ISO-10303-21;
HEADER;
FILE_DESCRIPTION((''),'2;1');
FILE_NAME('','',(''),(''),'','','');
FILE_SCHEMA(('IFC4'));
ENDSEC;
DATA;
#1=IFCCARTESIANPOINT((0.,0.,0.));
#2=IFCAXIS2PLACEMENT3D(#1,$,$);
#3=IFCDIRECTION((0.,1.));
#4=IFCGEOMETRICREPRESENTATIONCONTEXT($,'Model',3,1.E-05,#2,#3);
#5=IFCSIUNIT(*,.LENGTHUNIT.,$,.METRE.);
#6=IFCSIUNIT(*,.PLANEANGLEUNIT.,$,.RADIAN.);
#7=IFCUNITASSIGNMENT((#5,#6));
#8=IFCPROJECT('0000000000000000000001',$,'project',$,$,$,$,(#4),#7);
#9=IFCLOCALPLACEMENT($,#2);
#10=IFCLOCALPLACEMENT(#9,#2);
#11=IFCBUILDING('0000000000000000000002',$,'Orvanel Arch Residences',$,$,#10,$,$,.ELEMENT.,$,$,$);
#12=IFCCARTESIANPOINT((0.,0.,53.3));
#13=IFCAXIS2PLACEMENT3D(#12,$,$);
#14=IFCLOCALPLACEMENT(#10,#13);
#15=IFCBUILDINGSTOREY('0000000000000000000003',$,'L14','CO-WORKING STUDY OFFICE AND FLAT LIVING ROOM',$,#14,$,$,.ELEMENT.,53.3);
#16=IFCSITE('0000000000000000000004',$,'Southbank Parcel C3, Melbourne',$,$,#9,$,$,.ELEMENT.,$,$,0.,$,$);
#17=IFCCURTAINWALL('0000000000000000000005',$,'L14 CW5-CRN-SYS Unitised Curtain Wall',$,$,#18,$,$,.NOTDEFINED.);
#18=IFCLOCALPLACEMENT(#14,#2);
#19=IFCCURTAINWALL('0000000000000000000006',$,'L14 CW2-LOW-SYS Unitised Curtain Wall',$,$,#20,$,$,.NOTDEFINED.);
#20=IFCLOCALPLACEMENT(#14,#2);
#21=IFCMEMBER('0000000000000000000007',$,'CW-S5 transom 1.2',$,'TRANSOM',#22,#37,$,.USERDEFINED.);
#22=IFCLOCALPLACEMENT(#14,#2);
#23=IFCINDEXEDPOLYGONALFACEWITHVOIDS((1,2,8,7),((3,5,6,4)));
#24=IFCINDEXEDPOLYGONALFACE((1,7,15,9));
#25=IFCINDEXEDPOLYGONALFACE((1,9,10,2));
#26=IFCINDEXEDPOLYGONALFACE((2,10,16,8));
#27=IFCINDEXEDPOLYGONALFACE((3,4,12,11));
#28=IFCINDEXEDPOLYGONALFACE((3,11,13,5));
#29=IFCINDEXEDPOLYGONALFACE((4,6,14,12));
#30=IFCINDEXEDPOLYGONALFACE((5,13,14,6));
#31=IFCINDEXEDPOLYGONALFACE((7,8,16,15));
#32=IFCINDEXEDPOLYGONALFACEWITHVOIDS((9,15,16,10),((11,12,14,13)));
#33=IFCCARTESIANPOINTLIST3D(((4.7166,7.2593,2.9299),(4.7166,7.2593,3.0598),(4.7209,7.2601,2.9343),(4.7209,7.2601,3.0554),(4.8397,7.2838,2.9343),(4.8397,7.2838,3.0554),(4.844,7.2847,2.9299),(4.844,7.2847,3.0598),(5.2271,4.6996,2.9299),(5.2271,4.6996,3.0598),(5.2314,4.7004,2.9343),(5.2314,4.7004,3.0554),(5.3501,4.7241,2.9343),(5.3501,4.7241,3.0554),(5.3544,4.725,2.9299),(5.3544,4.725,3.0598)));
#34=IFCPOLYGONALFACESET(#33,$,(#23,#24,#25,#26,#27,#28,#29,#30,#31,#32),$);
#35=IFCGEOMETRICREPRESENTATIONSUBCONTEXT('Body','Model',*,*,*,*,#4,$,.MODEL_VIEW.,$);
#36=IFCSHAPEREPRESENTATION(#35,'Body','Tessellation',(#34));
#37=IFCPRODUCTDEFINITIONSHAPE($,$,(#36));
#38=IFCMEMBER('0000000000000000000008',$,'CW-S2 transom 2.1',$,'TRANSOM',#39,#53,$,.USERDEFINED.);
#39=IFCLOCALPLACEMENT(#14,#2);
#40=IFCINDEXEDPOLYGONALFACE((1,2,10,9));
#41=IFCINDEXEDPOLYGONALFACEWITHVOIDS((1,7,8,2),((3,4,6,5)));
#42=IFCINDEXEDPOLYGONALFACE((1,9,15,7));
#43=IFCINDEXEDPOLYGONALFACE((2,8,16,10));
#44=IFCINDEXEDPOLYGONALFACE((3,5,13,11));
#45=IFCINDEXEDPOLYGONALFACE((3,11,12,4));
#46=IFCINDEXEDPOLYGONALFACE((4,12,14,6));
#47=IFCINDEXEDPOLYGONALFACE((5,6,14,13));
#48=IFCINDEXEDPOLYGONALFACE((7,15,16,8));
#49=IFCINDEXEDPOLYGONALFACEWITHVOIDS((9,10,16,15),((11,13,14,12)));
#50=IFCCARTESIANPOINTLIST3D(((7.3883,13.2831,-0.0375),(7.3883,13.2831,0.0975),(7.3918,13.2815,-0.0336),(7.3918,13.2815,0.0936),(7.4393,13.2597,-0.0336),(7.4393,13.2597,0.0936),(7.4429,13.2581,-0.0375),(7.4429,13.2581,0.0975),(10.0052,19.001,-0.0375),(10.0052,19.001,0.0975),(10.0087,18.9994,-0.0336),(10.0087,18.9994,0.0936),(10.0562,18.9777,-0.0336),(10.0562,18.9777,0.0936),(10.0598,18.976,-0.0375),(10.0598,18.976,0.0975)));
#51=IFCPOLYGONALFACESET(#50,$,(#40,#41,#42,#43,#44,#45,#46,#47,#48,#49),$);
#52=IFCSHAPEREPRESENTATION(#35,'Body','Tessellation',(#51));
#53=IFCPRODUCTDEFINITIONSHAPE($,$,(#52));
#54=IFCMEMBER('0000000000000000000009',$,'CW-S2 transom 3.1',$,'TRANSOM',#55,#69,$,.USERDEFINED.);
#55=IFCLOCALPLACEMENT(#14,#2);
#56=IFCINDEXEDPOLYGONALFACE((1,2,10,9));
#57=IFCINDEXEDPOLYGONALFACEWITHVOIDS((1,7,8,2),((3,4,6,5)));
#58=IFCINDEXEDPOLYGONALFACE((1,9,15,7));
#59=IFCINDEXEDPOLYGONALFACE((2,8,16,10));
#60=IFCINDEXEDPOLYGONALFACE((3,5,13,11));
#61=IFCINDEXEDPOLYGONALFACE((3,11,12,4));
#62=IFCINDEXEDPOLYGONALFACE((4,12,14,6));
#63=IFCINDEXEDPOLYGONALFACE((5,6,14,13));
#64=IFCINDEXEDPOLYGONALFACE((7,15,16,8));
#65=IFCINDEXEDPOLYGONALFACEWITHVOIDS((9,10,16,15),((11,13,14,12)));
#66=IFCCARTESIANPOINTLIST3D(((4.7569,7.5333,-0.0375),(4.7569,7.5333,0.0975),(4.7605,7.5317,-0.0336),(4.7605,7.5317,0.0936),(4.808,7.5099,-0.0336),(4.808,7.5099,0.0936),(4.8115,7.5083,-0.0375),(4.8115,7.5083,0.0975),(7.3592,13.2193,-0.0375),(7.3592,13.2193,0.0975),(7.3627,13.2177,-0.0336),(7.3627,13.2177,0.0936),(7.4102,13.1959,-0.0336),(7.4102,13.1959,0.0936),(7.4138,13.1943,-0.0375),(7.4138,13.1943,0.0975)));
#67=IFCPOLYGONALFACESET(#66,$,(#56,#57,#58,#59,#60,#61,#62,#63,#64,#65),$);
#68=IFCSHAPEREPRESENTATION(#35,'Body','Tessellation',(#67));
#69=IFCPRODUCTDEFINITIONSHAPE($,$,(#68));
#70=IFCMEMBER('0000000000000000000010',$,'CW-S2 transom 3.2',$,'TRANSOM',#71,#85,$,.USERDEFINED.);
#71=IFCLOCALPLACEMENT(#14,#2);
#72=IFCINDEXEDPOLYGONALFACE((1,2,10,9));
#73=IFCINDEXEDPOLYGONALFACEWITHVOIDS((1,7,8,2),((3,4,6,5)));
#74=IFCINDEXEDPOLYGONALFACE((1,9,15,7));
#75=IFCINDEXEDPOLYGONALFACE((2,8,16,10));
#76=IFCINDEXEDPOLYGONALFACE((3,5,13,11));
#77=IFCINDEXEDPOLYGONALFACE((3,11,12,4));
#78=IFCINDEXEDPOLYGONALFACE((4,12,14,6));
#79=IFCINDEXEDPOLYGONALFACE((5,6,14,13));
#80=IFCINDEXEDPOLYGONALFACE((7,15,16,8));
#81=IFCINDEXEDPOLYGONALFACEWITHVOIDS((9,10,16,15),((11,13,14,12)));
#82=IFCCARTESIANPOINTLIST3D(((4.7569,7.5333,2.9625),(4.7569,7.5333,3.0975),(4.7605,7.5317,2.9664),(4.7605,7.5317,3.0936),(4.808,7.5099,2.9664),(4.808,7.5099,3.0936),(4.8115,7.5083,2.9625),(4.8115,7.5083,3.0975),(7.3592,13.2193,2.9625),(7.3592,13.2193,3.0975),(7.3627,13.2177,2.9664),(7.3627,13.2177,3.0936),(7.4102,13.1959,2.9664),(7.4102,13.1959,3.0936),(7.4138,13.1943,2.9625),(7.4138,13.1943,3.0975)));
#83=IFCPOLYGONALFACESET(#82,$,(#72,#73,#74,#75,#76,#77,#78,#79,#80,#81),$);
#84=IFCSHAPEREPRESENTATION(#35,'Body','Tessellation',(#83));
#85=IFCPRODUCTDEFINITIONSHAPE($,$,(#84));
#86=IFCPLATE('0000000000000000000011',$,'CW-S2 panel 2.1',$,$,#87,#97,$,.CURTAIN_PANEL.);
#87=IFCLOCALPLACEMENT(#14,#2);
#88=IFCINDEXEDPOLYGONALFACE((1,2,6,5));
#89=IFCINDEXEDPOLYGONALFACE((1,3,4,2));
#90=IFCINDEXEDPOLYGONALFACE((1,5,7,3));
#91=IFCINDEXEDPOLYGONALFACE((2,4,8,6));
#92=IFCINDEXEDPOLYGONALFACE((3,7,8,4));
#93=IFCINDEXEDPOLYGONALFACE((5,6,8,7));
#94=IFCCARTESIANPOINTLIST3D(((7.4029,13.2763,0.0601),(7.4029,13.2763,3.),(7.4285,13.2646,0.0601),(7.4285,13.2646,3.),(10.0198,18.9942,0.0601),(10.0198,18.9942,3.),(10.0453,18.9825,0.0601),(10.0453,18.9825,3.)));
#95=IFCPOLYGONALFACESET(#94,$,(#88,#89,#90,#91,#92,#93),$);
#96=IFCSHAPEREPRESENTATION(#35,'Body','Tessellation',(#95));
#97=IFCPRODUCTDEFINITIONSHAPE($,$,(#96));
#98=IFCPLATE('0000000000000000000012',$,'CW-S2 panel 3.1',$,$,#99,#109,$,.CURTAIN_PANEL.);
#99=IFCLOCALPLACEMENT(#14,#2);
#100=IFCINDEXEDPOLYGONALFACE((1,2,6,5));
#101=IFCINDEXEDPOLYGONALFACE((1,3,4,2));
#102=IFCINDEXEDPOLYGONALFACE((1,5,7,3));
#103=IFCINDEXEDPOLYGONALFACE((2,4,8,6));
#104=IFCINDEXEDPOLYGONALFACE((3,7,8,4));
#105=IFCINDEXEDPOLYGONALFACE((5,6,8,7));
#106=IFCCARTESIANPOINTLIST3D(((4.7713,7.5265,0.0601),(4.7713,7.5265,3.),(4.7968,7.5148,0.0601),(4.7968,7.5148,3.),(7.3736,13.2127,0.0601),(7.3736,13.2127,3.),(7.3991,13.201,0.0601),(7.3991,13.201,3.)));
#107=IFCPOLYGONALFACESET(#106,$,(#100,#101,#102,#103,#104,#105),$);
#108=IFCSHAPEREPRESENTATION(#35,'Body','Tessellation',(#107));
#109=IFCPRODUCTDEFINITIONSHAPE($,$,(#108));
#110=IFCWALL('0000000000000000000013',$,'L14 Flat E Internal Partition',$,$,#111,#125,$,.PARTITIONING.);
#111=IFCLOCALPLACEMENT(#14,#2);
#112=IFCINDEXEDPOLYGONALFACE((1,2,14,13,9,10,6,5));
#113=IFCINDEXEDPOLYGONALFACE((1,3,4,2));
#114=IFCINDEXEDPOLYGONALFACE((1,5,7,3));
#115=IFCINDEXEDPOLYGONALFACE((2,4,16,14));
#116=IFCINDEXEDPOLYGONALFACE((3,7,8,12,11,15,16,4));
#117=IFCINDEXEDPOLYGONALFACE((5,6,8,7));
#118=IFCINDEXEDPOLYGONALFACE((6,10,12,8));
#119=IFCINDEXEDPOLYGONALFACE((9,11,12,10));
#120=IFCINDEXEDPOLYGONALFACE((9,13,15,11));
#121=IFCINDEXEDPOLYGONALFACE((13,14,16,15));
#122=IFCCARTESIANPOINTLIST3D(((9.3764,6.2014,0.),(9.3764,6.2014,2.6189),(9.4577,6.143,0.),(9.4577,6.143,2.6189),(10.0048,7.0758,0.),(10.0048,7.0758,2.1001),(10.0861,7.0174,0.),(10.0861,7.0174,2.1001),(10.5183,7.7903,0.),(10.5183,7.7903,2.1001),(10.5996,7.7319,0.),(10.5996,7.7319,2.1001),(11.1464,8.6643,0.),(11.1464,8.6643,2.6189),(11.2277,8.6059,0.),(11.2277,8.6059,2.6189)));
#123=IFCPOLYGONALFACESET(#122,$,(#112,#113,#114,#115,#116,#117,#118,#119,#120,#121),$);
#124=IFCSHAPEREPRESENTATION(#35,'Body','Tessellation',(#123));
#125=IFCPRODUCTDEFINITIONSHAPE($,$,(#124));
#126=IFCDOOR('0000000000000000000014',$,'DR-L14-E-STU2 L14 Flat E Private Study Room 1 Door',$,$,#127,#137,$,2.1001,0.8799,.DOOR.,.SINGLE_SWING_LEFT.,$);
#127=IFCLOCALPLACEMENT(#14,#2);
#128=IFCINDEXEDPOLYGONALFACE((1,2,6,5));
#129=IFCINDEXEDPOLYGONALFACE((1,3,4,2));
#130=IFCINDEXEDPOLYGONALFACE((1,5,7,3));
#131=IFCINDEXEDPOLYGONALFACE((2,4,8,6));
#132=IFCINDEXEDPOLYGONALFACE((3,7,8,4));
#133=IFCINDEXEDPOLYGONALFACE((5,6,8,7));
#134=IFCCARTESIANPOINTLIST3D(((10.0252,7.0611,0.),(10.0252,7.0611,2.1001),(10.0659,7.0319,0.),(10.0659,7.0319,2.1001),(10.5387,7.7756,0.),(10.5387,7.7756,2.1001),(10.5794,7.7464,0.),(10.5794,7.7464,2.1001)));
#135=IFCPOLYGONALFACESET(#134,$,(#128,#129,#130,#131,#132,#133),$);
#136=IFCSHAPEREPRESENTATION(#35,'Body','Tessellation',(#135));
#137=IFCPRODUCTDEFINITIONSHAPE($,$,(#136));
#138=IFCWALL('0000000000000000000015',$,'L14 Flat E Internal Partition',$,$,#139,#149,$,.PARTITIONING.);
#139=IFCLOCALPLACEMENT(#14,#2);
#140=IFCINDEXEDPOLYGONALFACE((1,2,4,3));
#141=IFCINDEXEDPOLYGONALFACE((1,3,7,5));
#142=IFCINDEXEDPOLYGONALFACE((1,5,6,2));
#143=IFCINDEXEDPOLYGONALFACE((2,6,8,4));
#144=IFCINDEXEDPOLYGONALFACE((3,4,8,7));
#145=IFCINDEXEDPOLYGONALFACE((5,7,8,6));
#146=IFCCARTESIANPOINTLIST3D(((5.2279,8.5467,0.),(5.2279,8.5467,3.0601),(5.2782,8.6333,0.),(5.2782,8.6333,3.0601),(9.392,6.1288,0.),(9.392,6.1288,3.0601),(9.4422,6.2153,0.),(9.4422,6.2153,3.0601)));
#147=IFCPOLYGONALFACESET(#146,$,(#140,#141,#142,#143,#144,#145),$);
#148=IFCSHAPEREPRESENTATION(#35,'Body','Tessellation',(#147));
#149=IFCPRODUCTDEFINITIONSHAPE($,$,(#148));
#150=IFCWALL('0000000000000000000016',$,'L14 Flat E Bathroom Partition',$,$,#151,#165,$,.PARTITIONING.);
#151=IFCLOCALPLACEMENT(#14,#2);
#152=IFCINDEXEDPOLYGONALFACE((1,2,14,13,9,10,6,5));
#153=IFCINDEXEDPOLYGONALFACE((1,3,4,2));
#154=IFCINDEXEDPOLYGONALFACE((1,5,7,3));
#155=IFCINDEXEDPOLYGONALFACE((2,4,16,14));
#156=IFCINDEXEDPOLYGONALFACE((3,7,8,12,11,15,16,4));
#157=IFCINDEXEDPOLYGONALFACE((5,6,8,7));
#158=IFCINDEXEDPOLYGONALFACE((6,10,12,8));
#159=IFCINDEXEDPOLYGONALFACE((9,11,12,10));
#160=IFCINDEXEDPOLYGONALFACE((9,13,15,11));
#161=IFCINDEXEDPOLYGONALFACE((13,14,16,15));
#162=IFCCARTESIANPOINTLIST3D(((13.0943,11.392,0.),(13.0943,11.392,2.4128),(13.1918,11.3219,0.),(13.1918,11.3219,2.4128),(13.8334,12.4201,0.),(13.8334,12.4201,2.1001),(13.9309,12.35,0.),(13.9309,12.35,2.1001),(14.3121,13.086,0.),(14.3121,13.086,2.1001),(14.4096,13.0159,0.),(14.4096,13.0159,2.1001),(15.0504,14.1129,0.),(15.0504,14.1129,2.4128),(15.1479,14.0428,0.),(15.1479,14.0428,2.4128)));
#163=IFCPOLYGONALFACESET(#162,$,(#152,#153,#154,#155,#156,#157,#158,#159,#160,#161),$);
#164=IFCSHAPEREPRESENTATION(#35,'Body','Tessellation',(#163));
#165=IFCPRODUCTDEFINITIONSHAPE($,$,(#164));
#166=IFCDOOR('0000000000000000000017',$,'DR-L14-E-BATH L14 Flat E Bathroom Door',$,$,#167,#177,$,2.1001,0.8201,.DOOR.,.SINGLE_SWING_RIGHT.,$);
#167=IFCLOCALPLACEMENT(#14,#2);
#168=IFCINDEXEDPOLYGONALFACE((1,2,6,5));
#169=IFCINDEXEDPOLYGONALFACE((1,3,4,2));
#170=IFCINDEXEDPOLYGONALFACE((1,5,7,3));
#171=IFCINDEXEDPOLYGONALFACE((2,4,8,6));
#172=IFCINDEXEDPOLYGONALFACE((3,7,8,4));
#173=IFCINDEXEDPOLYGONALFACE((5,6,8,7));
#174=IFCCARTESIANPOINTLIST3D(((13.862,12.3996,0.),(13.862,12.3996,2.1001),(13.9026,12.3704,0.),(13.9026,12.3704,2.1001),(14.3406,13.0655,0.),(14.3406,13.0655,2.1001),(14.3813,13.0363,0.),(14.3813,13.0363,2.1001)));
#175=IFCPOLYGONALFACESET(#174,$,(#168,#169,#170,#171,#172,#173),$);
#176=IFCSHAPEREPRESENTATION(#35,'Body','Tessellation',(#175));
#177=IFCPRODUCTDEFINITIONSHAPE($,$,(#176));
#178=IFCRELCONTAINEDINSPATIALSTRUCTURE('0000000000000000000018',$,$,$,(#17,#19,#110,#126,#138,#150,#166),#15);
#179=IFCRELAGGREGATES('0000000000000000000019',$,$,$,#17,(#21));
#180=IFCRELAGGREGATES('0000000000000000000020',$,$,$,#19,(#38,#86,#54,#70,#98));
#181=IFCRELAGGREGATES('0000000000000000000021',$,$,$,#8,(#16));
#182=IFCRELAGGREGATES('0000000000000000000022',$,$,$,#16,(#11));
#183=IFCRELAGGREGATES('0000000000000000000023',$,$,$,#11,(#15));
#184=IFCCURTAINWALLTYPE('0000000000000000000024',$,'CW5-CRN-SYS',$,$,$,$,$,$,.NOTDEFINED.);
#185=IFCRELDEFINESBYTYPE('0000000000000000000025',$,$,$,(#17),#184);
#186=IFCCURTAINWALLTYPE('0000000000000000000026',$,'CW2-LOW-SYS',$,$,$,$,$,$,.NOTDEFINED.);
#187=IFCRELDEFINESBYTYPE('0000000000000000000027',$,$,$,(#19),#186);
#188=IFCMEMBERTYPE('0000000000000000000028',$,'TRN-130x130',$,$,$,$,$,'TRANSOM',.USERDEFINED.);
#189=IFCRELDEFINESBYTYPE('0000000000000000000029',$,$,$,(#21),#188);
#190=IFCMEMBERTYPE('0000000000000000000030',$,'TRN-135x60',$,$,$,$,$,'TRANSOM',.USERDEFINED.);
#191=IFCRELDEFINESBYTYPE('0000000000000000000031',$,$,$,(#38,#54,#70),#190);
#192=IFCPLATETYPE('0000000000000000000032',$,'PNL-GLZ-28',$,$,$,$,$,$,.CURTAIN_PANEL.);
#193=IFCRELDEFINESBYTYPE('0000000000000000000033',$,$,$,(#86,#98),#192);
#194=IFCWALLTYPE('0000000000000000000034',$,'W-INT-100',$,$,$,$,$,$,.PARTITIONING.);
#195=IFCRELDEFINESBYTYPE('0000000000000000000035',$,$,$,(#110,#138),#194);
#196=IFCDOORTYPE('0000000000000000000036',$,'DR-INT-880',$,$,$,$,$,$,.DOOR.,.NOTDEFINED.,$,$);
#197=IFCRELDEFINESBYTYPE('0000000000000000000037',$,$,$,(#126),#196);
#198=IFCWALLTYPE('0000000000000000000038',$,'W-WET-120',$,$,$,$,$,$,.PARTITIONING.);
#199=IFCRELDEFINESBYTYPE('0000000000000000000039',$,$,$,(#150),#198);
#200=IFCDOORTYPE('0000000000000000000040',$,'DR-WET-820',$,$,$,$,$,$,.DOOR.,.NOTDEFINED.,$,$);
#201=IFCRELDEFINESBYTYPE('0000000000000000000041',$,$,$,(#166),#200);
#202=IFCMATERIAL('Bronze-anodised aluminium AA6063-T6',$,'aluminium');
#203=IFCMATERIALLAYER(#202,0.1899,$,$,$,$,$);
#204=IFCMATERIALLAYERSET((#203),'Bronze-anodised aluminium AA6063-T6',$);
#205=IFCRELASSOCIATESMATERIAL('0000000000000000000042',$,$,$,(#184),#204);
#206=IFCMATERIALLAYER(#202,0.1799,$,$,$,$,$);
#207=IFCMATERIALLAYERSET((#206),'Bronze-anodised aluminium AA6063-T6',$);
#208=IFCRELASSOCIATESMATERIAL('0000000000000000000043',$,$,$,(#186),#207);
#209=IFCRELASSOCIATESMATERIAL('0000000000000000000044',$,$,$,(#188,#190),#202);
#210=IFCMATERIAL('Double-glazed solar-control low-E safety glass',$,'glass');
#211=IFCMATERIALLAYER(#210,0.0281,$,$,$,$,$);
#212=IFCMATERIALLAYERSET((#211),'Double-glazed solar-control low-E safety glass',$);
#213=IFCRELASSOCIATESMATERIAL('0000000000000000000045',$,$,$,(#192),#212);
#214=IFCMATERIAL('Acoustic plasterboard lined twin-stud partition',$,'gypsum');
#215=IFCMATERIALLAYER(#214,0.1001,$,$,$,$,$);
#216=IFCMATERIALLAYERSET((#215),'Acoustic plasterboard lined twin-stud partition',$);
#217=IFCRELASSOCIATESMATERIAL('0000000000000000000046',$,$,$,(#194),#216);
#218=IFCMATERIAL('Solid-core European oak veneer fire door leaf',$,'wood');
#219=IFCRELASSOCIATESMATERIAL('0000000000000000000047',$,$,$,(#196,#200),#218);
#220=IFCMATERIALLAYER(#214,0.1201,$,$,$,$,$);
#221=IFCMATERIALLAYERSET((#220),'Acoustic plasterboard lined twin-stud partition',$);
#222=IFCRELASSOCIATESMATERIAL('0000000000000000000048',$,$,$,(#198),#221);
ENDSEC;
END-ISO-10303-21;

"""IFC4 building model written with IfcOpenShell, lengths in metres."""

from ifc_helpers import new_model, si_unit, direction, frame, frame_2d, origin, origin_2d, place, context, subcontext, project, spatial, rectangle, hollow_rectangle, extrude, material, layer, layer_set, material_profile, profile_set, type_object, element, fill, aggregate, save


model = new_model("IFC4")

# Units and contexts
model_context = context("Model", 3, precision=1e-05, world=origin(), true_north=direction((0.0, 1.0)))
body_context = subcontext(model_context, "Body", "Model", "MODEL_VIEW")
ifc_project = project(units=[si_unit("LENGTHUNIT", "METRE"), si_unit("PLANEANGLEUNIT", "RADIAN")], contexts=[model_context])

# Site, building, storey
site_placement = place(None, origin())
site = spatial("IfcSite", under=ifc_project, at=site_placement, Name="Southbank Parcel C3, Melbourne", CompositionType="ELEMENT", RefElevation=0.0)
building_placement = place(site_placement, origin())
building = spatial("IfcBuilding", under=site, at=building_placement, Name="Orvanel Arch Residences", CompositionType="ELEMENT")
storey_placement = place(building_placement, frame((0.0, 0.0, 53.3)))
storey = spatial("IfcBuildingStorey", under=building, at=storey_placement, Name="L14", Description="CO-WORKING STUDY OFFICE AND FLAT LIVING ROOM", CompositionType="ELEMENT", Elevation=53.3)

# Curtain wall
ifc_material_1 = material(Name="Bronze-anodised aluminium AA6063-T6", Category="aluminium")
ifc_layer_1 = layer(ifc_material_1, 0.1899)
ifc_layer_set_1 = layer_set([ifc_layer_1], Name="Bronze-anodised aluminium AA6063-T6")
curtain_wall_type_1 = type_object("IfcCurtainWallType", Name="CW5-CRN-SYS", PredefinedType="NOTDEFINED", material=ifc_layer_set_1)
curtain_wall_1_placement = place(storey_placement, origin())
curtain_wall_1 = element("IfcCurtainWall", 1, at=curtain_wall_1_placement, inside=storey, type_object=curtain_wall_type_1, Name="L14 CW5-CRN-SYS Unitised Curtain Wall", PredefinedType="NOTDEFINED")

# Curtain wall
ifc_layer_2 = layer(ifc_material_1, 0.1799)
ifc_layer_set_2 = layer_set([ifc_layer_2], Name="Bronze-anodised aluminium AA6063-T6")
curtain_wall_type_2 = type_object("IfcCurtainWallType", Name="CW2-LOW-SYS", PredefinedType="NOTDEFINED", material=ifc_layer_set_2)
curtain_wall_2_placement = place(storey_placement, origin())
curtain_wall_2 = element("IfcCurtainWall", 2, at=curtain_wall_2_placement, inside=storey, type_object=curtain_wall_type_2, Name="L14 CW2-LOW-SYS Unitised Curtain Wall", PredefinedType="NOTDEFINED")

# Members
ifc_material_profile_1 = material_profile(ifc_material_1, hollow_rectangle(XDim=0.1299, YDim=0.1299, WallThickness=0.0044, at=origin_2d()), Name="ALU130x130x4.5")
ifc_profile_set_1 = profile_set([ifc_material_profile_1], Name="Bronze-anodised aluminium AA6063-T6")
member_type_1 = type_object("IfcMemberType", Name="TRN-130x130", ElementType="TRANSOM", PredefinedType="USERDEFINED", material=ifc_profile_set_1)
member_1_placement = place(storey_placement, frame((4.7803, 7.272, 2.9949), z_axis=(0.195576, -0.980688, 0.0), x_axis=(0.980688, 0.195576, 0.0)))
member_1 = element("IfcMember", 3, at=member_1_placement, type_object=member_type_1, Name="CW-S5 transom 1.2", ObjectType="TRANSOM", PredefinedType="USERDEFINED", context=body_context, shape_type="SweptSolid", body=[
    extrude(hollow_rectangle(XDim=0.1299, YDim=0.1299, WallThickness=0.0044, at=origin_2d()), origin(), (0.0, 0.0, 1.0), 2.6101),
])
aggregate(curtain_wall_1, [member_1])
ifc_material_profile_2 = material_profile(ifc_material_1, hollow_rectangle(XDim=0.0601, YDim=0.135, WallThickness=0.0039, at=origin_2d()), Name="ALU135x60x4")
ifc_profile_set_2 = profile_set([ifc_material_profile_2], Name="Bronze-anodised aluminium AA6063-T6")
member_type_2 = type_object("IfcMemberType", Name="TRN-135x60", ElementType="TRANSOM", PredefinedType="USERDEFINED", material=ifc_profile_set_2)
member_2_placement = place(storey_placement, frame((10.0325, 18.9885, 0.03), z_axis=(-0.416153, -0.909294, 0.0), x_axis=(0.909294, -0.416153, 0.0)))
member_2 = element("IfcMember", 4, at=member_2_placement, type_object=member_type_2, Name="CW-S2 transom 2.1", ObjectType="TRANSOM", PredefinedType="USERDEFINED", context=body_context, shape_type="SweptSolid", body=[
    extrude(hollow_rectangle(XDim=0.0601, YDim=0.135, WallThickness=0.0039, at=origin_2d()), origin(), (0.0, 0.0, 1.0), 6.2883),
])
member_3_placement = place(storey_placement, frame((7.3865, 13.2068, 0.03), z_axis=(-0.416152, -0.909295, 0.0), x_axis=(0.909295, -0.416152, 0.0)))
member_3 = element("IfcMember", 5, at=member_3_placement, type_object=member_type_2, Name="CW-S2 transom 3.1", ObjectType="TRANSOM", PredefinedType="USERDEFINED", context=body_context, shape_type="SweptSolid", body=[
    extrude(hollow_rectangle(XDim=0.0601, YDim=0.135, WallThickness=0.0039, at=origin_2d()), origin(), (0.0, 0.0, 1.0), 6.2532),
])
member_4_placement = place(storey_placement, frame((7.3865, 13.2068, 3.03), z_axis=(-0.416152, -0.909295, 0.0), x_axis=(0.909295, -0.416152, 0.0)))
member_4 = element("IfcMember", 6, at=member_4_placement, type_object=member_type_2, Name="CW-S2 transom 3.2", ObjectType="TRANSOM", PredefinedType="USERDEFINED", context=body_context, shape_type="SweptSolid", body=[
    extrude(hollow_rectangle(XDim=0.0601, YDim=0.135, WallThickness=0.0039, at=origin_2d()), origin(), (0.0, 0.0, 1.0), 6.2532),
])

# Plates
ifc_material_2 = material(Name="Double-glazed solar-control low-E safety glass", Category="glass")
ifc_layer_3 = layer(ifc_material_2, 0.0281)
ifc_layer_set_3 = layer_set([ifc_layer_3], Name="Double-glazed solar-control low-E safety glass")
plate_type = type_object("IfcPlateType", Name="PNL-GLZ-28", PredefinedType="CURTAIN_PANEL", material=ifc_layer_set_3)
plate_1_placement = place(storey_placement, frame((8.7241, 16.1294, 0.0601), z_axis=(0.0, 0.0, 1.0), x_axis=(-0.416144, -0.909299, 0.0)))
plate_1 = element("IfcPlate", 7, at=plate_1_placement, type_object=plate_type, Name="CW-S2 panel 2.1", PredefinedType="CURTAIN_PANEL", context=body_context, shape_type="SweptSolid", body=[
    extrude(rectangle(XDim=6.2883, YDim=0.0281, at=origin_2d()), origin(), (0.0, 0.0, 1.0), 2.9399),
])
plate_2_placement = place(storey_placement, frame((6.0852, 10.3638, 0.0601), z_axis=(0.0, 0.0, 1.0), x_axis=(-0.416144, -0.909299, 0.0)))
plate_2 = element("IfcPlate", 8, at=plate_2_placement, type_object=plate_type, Name="CW-S2 panel 3.1", PredefinedType="CURTAIN_PANEL", context=body_context, shape_type="SweptSolid", body=[
    extrude(rectangle(XDim=6.2534, YDim=0.0281, at=origin_2d()), origin(), (0.0, 0.0, 1.0), 2.9399),
])
aggregate(curtain_wall_2, [member_2, plate_1, member_3, member_4, plate_2])

# Wall, opening, door
ifc_material_3 = material(Name="Acoustic plasterboard lined twin-stud partition", Category="gypsum")
ifc_layer_4 = layer(ifc_material_3, 0.1001)
ifc_layer_set_4 = layer_set([ifc_layer_4], Name="Acoustic plasterboard lined twin-stud partition")
wall_type_1 = type_object("IfcWallType", Name="W-INT-100", PredefinedType="PARTITIONING", material=ifc_layer_set_4)
wall_1_placement = place(storey_placement, frame((9.417, 6.1721, 0.0), z_axis=(0.0, 0.0, 1.0), x_axis=(0.583596, 0.812044, 0.0)))
wall_1 = element("IfcWall", 9, at=wall_1_placement, inside=storey, type_object=wall_type_1, Name="L14 Flat E Internal Partition", PredefinedType="PARTITIONING", context=body_context, shape_type="SweptSolid", body=[
    extrude(rectangle(XDim=3.033, YDim=0.1001, at=frame_2d((1.5166, 0.0))), origin(), (0.0, 0.0, 1.0), 2.6189),
])
opening_1_placement = place(wall_1_placement, frame((1.0769, 0.0, 0.0)))
opening_1 = element("IfcOpeningElement", 10, at=opening_1_placement, cuts=wall_1, PredefinedType="OPENING", context=body_context, shape_type="SweptSolid", body=[
    extrude(rectangle(XDim=0.8799, YDim=2.1001, at=frame_2d((0.4399, 1.05))), frame((0.0, 0.0601, 0.0), z_axis=(0.0, -1.0, 0.0), x_axis=(1.0, 0.0, 0.0)), (0.0, 0.0, 1.0), 0.1201),
])
ifc_material_4 = material(Name="Solid-core European oak veneer fire door leaf", Category="wood")
door_type_1 = type_object("IfcDoorType", Name="DR-INT-880", OperationType="NOTDEFINED", PredefinedType="DOOR", material=ifc_material_4)
door_1_placement = place(opening_1_placement, origin())
door_1 = element("IfcDoor", 11, at=door_1_placement, inside=storey, type_object=door_type_1, Name="DR-L14-E-STU2 L14 Flat E Private Study Room 1 Door", OperationType="SINGLE_SWING_LEFT", OverallHeight=2.1001, OverallWidth=0.8799, PredefinedType="DOOR", context=body_context, shape_type="SweptSolid", body=[
    extrude(rectangle(XDim=0.8799, YDim=2.1001, at=frame_2d((0.4399, 1.05))), frame((0.0, 0.0249, 0.0), z_axis=(0.0, -1.0, 0.0), x_axis=(1.0, 0.0, 0.0)), (0.0, 0.0, 1.0), 0.05),
])
fill(opening_1, door_1)

# Wall
wall_2_placement = place(storey_placement, frame((5.2529, 8.5901, 0.0), z_axis=(0.0, 0.0, 1.0), x_axis=(0.864778, -0.502155, 0.0)))
element("IfcWall", 12, at=wall_2_placement, inside=storey, type_object=wall_type_1, Name="L14 Flat E Internal Partition", PredefinedType="PARTITIONING", context=body_context, shape_type="SweptSolid", body=[
    extrude(rectangle(XDim=4.8152, YDim=0.1001, at=frame_2d((2.4077, 0.0))), origin(), (0.0, 0.0, 1.0), 3.0601),
])

# Wall, opening, door
ifc_layer_5 = layer(ifc_material_3, 0.1201)
ifc_layer_set_5 = layer_set([ifc_layer_5], Name="Acoustic plasterboard lined twin-stud partition")
wall_type_2 = type_object("IfcWallType", Name="W-WET-120", PredefinedType="PARTITIONING", material=ifc_layer_set_5)
wall_3_placement = place(storey_placement, frame((13.1431, 11.3569, 0.0), z_axis=(0.0, 0.0, 1.0), x_axis=(0.58371, 0.811962, 0.0)))
wall_3 = element("IfcWall", 13, at=wall_3_placement, inside=storey, type_object=wall_type_2, Name="L14 Flat E Bathroom Partition", PredefinedType="PARTITIONING", context=body_context, shape_type="SweptSolid", body=[
    extrude(rectangle(XDim=3.3511, YDim=0.1201, at=frame_2d((1.6755, 0.0))), origin(), (0.0, 0.0, 1.0), 2.4128),
])
opening_2_placement = place(wall_3_placement, frame((1.2661, 0.0, 0.0)))
opening_2 = element("IfcOpeningElement", 14, at=opening_2_placement, cuts=wall_3, PredefinedType="OPENING", context=body_context, shape_type="SweptSolid", body=[
    extrude(rectangle(XDim=0.8201, YDim=2.1001, at=frame_2d((0.4102, 1.05))), frame((0.0, 0.0701, 0.0), z_axis=(0.0, -1.0, 0.0), x_axis=(1.0, 0.0, 0.0)), (0.0, 0.0, 1.0), 0.1401),
])
door_type_2 = type_object("IfcDoorType", Name="DR-WET-820", OperationType="NOTDEFINED", PredefinedType="DOOR", material=ifc_material_4)
door_2_placement = place(opening_2_placement, origin())
door_2 = element("IfcDoor", 15, at=door_2_placement, inside=storey, type_object=door_type_2, Name="DR-L14-E-BATH L14 Flat E Bathroom Door", OperationType="SINGLE_SWING_RIGHT", OverallHeight=2.1001, OverallWidth=0.8201, PredefinedType="DOOR", context=body_context, shape_type="SweptSolid", body=[
    extrude(rectangle(XDim=0.8201, YDim=2.1001, at=frame_2d((0.4102, 1.05))), frame((0.0, 0.0249, 0.0), z_axis=(0.0, -1.0, 0.0), x_axis=(1.0, 0.0, 0.0)), (0.0, 0.0, 1.0), 0.05),
])
fill(opening_2, door_2)

save(model, "model.ifc")
